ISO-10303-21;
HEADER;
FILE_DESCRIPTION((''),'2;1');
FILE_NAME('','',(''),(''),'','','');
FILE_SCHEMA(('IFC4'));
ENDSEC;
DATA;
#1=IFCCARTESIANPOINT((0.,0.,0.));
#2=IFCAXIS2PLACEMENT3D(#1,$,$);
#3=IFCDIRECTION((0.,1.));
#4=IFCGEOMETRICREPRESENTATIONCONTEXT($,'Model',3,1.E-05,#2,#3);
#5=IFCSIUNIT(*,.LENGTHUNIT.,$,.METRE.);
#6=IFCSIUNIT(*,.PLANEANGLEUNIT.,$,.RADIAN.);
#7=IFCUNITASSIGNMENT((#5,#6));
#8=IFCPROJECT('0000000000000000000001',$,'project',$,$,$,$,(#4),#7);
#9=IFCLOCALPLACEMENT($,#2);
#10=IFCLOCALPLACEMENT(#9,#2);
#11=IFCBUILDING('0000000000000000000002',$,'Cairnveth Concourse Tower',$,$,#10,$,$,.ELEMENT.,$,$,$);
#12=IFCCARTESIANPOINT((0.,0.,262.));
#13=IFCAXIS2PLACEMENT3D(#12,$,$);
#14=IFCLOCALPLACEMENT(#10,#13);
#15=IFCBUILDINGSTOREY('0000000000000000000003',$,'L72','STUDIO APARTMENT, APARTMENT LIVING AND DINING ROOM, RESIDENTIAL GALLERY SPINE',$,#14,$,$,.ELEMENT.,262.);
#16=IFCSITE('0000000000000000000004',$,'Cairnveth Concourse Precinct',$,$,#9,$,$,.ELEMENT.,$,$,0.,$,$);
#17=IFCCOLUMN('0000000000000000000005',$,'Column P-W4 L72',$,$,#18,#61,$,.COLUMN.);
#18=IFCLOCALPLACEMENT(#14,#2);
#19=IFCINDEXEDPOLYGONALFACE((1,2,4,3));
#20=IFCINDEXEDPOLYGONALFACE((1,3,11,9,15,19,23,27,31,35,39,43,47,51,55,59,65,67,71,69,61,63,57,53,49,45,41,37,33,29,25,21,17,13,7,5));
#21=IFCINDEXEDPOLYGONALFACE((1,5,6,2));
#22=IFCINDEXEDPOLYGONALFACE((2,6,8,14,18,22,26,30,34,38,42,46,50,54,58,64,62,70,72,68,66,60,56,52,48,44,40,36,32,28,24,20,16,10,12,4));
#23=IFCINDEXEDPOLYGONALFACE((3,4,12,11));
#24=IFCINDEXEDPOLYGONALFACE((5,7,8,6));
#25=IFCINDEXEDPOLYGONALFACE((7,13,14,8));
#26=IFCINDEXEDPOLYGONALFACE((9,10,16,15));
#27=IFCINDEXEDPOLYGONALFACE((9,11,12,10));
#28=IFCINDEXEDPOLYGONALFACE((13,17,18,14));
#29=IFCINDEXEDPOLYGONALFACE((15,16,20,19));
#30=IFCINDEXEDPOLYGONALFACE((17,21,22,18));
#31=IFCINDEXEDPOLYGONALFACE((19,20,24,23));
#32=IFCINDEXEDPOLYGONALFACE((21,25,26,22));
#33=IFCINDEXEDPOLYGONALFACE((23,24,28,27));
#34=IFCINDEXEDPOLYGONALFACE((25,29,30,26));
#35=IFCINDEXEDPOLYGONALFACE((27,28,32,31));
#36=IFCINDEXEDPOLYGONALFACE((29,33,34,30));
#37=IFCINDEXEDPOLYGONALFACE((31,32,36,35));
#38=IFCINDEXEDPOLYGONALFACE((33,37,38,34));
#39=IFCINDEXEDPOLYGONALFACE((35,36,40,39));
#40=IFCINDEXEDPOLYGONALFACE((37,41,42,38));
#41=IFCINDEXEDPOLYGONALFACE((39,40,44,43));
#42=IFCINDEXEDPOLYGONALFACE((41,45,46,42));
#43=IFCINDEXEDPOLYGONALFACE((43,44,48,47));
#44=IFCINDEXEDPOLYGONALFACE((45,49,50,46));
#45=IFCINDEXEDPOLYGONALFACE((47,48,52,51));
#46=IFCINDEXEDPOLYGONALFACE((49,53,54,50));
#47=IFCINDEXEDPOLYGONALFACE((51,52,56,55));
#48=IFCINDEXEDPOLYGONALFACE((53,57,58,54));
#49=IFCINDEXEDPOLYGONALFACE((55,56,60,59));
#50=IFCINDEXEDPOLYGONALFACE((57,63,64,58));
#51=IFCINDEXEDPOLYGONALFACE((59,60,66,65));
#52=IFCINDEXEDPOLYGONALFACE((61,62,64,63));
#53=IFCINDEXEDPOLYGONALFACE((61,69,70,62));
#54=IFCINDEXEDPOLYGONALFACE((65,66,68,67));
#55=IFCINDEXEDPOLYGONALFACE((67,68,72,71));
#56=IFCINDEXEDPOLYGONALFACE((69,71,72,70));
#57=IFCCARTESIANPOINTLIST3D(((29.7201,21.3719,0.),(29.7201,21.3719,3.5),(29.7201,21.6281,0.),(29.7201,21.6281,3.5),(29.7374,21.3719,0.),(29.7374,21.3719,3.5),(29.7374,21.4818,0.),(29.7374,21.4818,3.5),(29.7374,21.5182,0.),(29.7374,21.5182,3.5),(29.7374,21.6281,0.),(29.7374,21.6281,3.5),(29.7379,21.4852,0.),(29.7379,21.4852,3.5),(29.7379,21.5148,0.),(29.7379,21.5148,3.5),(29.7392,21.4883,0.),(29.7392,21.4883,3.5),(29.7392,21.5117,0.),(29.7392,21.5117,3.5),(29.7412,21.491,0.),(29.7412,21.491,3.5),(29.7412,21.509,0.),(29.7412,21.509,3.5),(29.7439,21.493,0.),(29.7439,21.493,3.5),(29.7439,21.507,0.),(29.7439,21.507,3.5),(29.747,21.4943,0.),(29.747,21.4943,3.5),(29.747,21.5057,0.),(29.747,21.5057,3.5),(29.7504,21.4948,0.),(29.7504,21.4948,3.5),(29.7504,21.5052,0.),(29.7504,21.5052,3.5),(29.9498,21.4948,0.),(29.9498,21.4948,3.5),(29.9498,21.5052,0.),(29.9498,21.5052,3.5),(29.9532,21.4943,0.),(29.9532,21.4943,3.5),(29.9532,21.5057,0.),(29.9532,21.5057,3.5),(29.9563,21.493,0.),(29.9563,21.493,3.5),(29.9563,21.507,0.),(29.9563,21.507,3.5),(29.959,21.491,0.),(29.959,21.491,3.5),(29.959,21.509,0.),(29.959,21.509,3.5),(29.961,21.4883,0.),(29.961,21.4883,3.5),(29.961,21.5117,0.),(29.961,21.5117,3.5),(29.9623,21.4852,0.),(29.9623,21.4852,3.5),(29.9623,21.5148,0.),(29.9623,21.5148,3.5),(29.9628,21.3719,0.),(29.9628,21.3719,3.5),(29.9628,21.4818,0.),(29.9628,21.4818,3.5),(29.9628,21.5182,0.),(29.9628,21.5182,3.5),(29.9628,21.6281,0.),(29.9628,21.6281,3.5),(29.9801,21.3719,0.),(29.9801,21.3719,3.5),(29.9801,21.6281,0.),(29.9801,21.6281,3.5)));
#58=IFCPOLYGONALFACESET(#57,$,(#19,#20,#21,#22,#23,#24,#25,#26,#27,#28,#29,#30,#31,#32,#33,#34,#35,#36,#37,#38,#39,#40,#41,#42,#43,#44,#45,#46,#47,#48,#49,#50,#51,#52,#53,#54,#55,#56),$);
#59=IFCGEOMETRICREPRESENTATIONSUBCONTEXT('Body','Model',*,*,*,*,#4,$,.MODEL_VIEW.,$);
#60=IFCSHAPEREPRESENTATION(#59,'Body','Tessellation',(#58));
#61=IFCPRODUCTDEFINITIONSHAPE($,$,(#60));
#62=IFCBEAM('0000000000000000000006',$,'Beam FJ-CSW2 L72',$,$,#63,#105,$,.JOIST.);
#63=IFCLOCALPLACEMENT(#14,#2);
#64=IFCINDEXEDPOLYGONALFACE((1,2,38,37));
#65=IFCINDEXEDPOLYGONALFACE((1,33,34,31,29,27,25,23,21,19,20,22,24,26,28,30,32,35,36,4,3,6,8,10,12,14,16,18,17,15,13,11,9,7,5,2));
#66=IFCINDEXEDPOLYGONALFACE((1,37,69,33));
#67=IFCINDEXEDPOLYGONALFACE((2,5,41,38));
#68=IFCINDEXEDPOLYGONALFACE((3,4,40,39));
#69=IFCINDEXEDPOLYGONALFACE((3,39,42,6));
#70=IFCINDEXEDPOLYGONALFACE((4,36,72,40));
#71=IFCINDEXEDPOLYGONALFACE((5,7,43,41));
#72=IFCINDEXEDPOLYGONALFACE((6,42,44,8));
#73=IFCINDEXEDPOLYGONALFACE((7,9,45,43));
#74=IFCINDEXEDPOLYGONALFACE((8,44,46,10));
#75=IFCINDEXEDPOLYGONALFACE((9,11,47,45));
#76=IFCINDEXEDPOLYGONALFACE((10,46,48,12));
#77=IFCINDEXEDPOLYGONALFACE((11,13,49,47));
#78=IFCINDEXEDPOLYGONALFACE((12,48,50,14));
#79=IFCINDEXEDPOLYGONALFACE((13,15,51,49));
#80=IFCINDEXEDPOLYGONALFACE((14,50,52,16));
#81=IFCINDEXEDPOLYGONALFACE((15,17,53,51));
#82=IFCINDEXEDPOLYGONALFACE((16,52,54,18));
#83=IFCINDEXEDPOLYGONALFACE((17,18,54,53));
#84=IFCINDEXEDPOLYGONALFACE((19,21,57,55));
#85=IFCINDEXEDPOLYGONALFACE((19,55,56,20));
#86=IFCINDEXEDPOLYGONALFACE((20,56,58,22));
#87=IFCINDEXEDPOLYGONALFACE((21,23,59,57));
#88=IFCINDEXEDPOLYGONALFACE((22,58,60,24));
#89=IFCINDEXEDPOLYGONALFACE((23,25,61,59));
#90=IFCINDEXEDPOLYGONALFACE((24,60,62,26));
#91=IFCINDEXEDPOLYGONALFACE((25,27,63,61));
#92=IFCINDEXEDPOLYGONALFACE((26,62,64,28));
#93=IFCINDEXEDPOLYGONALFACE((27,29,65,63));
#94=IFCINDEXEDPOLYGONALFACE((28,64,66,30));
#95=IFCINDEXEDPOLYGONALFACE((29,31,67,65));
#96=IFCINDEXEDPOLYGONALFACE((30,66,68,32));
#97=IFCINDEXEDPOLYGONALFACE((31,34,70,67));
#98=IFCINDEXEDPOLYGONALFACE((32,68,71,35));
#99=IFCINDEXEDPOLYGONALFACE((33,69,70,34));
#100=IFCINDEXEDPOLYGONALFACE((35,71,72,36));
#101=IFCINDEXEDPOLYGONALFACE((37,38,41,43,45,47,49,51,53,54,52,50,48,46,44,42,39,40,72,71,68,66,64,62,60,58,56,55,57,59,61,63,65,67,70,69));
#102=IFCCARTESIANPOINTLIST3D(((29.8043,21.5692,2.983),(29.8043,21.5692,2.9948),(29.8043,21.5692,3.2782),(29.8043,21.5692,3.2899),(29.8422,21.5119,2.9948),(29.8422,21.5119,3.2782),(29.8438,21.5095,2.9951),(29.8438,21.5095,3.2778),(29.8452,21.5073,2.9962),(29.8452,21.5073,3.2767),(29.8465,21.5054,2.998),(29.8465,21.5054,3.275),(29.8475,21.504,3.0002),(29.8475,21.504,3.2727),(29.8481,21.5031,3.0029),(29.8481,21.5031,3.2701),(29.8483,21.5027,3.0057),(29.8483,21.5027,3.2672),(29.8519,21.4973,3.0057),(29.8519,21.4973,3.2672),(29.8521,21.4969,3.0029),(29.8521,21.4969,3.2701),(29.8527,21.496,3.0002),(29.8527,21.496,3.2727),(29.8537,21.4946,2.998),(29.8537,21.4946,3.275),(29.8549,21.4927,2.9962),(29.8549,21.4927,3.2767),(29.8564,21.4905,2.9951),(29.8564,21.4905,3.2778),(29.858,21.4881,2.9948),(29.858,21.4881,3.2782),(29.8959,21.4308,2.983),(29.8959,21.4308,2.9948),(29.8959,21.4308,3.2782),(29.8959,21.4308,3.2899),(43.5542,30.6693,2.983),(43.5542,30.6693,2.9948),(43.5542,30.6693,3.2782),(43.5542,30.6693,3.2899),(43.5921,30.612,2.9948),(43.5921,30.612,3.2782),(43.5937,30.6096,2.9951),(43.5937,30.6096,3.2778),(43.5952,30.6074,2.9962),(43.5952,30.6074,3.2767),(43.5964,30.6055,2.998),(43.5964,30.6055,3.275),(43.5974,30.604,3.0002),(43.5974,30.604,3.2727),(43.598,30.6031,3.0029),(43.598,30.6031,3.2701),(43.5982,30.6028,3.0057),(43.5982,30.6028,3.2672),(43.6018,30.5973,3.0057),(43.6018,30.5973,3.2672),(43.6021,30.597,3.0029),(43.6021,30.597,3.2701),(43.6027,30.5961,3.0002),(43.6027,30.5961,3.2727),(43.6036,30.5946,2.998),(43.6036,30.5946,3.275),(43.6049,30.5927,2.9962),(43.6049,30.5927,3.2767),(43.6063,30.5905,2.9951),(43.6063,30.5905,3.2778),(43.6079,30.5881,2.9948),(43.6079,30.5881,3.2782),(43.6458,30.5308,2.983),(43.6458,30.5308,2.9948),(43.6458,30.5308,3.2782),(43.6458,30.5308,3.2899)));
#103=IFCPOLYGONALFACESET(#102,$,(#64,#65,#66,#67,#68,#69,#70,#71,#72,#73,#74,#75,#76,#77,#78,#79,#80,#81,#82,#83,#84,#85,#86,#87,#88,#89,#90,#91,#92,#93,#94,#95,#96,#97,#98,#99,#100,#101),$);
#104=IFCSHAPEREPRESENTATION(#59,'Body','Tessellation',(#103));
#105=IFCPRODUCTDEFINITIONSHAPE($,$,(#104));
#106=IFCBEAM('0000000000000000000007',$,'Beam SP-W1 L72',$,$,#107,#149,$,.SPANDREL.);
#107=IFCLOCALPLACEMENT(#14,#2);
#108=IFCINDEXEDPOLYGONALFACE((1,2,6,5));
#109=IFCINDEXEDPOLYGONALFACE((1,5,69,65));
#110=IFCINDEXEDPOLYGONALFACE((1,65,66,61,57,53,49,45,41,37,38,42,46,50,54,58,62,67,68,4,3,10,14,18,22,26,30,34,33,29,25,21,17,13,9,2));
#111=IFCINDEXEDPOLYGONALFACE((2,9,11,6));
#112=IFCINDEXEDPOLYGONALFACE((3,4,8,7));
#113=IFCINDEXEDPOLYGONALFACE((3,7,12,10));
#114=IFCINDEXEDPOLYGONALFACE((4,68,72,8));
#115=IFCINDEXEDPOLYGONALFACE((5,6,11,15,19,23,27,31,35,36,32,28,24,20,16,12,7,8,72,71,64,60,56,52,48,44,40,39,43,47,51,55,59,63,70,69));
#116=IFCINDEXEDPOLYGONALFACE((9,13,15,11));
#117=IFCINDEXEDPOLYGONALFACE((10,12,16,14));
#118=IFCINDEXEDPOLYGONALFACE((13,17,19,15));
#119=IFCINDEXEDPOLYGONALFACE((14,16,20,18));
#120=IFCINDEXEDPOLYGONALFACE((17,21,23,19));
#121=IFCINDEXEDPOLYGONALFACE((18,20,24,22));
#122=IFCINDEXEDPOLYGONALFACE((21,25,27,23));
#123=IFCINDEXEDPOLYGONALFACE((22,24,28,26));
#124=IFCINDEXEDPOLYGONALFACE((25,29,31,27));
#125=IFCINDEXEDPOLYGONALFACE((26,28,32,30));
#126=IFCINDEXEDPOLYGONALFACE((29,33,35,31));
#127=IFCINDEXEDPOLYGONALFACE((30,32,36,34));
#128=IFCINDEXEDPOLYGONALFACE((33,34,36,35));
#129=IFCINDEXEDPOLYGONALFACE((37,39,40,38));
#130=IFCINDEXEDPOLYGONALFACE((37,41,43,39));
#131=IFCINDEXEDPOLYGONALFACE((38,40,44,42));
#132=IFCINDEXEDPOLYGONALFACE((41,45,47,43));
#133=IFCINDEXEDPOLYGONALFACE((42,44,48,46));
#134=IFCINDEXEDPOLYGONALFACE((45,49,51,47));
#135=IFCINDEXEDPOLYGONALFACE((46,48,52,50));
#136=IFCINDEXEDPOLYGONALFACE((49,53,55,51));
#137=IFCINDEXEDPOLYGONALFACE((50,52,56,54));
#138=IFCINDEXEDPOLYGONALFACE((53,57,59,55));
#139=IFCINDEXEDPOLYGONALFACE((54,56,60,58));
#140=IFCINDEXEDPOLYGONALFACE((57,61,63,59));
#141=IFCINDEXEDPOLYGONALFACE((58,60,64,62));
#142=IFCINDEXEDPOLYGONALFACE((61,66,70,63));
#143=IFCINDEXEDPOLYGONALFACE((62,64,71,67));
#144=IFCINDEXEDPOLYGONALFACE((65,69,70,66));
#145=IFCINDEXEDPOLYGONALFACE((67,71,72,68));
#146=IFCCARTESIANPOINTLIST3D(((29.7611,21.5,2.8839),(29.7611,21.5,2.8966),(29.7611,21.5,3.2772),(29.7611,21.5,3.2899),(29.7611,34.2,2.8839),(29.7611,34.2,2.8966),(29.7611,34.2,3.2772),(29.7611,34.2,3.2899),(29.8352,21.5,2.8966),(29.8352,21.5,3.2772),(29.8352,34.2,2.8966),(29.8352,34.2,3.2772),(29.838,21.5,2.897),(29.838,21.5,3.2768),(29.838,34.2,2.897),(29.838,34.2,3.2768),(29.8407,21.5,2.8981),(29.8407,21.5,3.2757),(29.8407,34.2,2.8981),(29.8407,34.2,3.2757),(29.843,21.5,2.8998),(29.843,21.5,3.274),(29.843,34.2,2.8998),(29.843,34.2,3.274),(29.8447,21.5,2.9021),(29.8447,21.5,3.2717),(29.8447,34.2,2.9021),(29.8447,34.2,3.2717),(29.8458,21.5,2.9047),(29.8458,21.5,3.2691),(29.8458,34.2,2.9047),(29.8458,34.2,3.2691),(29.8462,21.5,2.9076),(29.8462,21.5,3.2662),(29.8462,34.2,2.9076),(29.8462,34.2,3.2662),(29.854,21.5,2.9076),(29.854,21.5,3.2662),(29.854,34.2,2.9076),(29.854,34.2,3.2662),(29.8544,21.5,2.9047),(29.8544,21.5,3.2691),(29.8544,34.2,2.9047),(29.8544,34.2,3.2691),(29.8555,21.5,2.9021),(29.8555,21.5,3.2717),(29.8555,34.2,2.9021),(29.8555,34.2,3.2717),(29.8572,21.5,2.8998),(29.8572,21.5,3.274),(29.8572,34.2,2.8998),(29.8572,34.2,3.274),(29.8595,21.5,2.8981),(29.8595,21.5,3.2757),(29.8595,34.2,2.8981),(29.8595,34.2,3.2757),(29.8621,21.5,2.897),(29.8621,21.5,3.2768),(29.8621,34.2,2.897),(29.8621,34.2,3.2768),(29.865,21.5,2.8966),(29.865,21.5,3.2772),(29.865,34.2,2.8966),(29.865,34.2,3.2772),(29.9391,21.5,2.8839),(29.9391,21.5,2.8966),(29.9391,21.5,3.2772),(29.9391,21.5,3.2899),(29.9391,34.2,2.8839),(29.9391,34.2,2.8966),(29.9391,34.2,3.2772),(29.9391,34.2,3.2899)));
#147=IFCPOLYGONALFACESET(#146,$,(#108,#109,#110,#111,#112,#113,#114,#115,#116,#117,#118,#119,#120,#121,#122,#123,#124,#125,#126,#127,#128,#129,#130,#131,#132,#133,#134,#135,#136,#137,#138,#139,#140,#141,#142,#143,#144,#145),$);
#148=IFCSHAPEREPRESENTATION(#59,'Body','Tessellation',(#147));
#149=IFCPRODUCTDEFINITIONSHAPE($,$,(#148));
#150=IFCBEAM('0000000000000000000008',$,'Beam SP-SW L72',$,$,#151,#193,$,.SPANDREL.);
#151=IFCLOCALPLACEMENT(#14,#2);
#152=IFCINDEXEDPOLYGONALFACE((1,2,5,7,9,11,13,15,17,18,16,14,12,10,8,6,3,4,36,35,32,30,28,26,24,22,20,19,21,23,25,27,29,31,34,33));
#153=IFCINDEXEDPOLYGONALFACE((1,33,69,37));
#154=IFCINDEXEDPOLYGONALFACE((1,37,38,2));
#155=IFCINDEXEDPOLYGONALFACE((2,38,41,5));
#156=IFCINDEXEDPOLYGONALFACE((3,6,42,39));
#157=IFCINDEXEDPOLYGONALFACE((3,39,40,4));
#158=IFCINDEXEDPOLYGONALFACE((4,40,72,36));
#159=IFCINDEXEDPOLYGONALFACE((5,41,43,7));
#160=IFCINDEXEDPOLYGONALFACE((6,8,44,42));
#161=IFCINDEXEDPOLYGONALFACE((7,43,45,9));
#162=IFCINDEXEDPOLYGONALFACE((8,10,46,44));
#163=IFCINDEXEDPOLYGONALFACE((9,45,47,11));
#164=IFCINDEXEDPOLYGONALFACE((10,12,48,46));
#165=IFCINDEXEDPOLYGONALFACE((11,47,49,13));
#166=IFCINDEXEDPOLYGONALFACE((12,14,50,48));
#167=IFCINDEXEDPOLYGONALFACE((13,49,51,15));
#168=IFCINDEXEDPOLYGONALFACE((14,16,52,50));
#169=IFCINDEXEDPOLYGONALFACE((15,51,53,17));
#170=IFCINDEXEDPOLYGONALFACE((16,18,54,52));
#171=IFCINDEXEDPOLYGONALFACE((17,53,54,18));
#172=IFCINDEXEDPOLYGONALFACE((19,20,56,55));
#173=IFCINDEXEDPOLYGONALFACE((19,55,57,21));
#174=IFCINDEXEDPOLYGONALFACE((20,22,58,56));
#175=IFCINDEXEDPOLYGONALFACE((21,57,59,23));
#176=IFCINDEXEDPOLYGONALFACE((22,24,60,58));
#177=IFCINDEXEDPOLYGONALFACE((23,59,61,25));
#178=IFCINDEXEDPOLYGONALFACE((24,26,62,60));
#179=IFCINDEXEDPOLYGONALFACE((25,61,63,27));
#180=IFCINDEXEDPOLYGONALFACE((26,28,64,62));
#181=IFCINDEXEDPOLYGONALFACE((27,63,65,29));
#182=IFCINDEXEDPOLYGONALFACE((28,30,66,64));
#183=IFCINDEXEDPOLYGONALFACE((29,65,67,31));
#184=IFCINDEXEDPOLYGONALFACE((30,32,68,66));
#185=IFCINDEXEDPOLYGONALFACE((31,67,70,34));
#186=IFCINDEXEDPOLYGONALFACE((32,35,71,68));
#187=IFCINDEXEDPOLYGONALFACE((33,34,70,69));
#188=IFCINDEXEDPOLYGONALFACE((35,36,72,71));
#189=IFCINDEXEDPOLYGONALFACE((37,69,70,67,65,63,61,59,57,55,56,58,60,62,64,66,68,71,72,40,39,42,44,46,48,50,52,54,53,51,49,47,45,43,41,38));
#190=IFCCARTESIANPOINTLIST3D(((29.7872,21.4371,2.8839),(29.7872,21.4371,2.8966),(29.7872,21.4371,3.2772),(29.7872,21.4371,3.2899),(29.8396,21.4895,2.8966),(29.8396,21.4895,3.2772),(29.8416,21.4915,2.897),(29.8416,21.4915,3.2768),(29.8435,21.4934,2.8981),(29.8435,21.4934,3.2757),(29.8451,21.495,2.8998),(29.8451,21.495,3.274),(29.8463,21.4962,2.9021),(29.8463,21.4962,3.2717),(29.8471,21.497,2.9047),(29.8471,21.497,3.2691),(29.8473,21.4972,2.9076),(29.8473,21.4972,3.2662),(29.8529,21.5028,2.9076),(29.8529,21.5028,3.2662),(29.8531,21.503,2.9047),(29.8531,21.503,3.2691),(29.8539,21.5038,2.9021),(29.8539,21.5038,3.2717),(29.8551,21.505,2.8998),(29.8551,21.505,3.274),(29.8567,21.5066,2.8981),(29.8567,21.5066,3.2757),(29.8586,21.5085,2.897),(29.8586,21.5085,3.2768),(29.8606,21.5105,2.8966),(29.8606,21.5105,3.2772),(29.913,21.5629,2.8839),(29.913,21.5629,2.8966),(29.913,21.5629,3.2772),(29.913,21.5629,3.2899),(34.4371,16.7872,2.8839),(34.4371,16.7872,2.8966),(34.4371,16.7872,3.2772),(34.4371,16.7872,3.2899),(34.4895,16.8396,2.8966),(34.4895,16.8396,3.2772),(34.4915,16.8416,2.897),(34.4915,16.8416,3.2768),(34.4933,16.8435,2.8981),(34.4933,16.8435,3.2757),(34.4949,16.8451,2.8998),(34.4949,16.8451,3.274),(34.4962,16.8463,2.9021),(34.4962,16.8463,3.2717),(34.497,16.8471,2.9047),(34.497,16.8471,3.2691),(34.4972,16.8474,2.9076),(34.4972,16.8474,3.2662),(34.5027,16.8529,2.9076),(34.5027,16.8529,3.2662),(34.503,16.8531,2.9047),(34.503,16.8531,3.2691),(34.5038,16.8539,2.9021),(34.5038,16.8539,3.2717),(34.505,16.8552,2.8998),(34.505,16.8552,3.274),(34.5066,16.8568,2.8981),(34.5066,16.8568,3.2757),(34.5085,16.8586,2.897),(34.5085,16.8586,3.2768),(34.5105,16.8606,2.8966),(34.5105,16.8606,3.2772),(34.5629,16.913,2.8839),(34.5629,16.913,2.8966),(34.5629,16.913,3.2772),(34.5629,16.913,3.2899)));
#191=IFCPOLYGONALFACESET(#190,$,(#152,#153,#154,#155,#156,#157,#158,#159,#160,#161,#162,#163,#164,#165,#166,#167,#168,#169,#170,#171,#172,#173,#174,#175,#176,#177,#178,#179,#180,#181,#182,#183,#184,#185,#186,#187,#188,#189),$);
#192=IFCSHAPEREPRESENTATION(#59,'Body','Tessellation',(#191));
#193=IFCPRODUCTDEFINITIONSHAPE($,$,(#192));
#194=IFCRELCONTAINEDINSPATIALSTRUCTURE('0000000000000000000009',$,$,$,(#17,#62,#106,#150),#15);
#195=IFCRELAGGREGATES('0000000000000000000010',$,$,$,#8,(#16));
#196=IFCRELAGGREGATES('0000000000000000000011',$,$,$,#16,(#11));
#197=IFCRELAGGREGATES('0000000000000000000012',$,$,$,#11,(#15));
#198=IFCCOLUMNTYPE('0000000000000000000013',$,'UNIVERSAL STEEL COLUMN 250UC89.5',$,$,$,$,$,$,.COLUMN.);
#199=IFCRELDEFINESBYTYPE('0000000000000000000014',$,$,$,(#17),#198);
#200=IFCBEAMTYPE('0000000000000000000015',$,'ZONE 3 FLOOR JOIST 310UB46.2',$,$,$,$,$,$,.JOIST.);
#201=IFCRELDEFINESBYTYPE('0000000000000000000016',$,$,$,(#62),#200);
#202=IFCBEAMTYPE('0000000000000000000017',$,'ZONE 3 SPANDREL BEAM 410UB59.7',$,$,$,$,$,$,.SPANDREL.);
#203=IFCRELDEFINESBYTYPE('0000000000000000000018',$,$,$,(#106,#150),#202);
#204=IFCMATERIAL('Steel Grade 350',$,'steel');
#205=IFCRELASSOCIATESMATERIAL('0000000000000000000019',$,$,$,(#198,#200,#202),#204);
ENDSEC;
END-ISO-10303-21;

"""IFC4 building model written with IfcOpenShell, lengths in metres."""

from ifc_helpers import new_model, si_unit, direction, frame, origin, origin_2d, place, context, subcontext, project, spatial, i_section, extrude, material, material_profile, profile_set, type_object, element, save


model = new_model("IFC4")

# Units and contexts
model_context = context("Model", 3, precision=1e-05, world=origin(), true_north=direction((0.0, 1.0)))
body_context = subcontext(model_context, "Body", "Model", "MODEL_VIEW")
ifc_project = project(units=[si_unit("LENGTHUNIT", "METRE"), si_unit("PLANEANGLEUNIT", "RADIAN")], contexts=[model_context])

# Site, building, storey
site_placement = place(None, origin())
site = spatial("IfcSite", under=ifc_project, at=site_placement, Name="Cairnveth Concourse Precinct", CompositionType="ELEMENT", RefElevation=0.0)
building_placement = place(site_placement, origin())
building = spatial("IfcBuilding", under=site, at=building_placement, Name="Cairnveth Concourse Tower", CompositionType="ELEMENT")
storey_placement = place(building_placement, frame((0.0, 0.0, 262.0)))
storey = spatial("IfcBuildingStorey", under=building, at=storey_placement, Name="L72", Description="STUDIO APARTMENT, APARTMENT LIVING AND DINING ROOM, RESIDENTIAL GALLERY SPINE", CompositionType="ELEMENT", Elevation=262.0)

# Column
ifc_material_1 = material(Name="Steel Grade 350", Category="steel")
ifc_material_profile_1 = material_profile(ifc_material_1, i_section(OverallWidth=0.2561, OverallDepth=0.26, WebThickness=0.0105, FlangeThickness=0.0173, FilletRadius=0.0129, at=origin_2d()), Name="250UC89.5")
ifc_profile_set_1 = profile_set([ifc_material_profile_1], Name="Steel Grade 350")
column_type = type_object("IfcColumnType", Name="UNIVERSAL STEEL COLUMN 250UC89.5", PredefinedType="COLUMN", material=ifc_profile_set_1)
column_placement = place(storey_placement, frame((29.8501, 21.5, 0.0), z_axis=(0.0, 0.0, 1.0), x_axis=(0.0, 1.0, 0.0)))
element("IfcColumn", 1, at=column_placement, inside=storey, type_object=column_type, Name="Column P-W4 L72", PredefinedType="COLUMN", context=body_context, shape_type="SweptSolid", body=[
    extrude(i_section(OverallWidth=0.2561, OverallDepth=0.26, WebThickness=0.0105, FlangeThickness=0.0173, FilletRadius=0.0129, at=origin_2d()), origin(), (0.0, 0.0, 1.0), 3.5),
])

# Beams
ifc_material_profile_2 = material_profile(ifc_material_1, i_section(OverallWidth=0.166, OverallDepth=0.3069, WebThickness=0.0066, FlangeThickness=0.0117, FilletRadius=0.011, at=origin_2d()), Name="310UB46.2")
ifc_profile_set_2 = profile_set([ifc_material_profile_2], Name="Steel Grade 350")
beam_type_1 = type_object("IfcBeamType", Name="ZONE 3 FLOOR JOIST 310UB46.2", PredefinedType="JOIST", material=ifc_profile_set_2)
beam_1_placement = place(storey_placement, frame((29.8501, 21.5, 3.1365), z_axis=(0.833909, 0.551902, 0.0), x_axis=(-0.551902, 0.833909, 0.0)))
element("IfcBeam", 2, at=beam_1_placement, inside=storey, type_object=beam_type_1, Name="Beam FJ-CSW2 L72", PredefinedType="JOIST", context=body_context, shape_type="SweptSolid", body=[
    extrude(i_section(OverallWidth=0.166, OverallDepth=0.3069, WebThickness=0.0066, FlangeThickness=0.0117, FilletRadius=0.011, at=origin_2d()), origin(), (0.0, 0.0, 1.0), 16.4885),
])
ifc_material_profile_3 = material_profile(ifc_material_1, i_section(OverallWidth=0.178, OverallDepth=0.406, WebThickness=0.0078, FlangeThickness=0.0127, FilletRadius=0.011, at=origin_2d()), Name="410UB59.7")
ifc_profile_set_3 = profile_set([ifc_material_profile_3], Name="Steel Grade 350")
beam_type_2 = type_object("IfcBeamType", Name="ZONE 3 SPANDREL BEAM 410UB59.7", PredefinedType="SPANDREL", material=ifc_profile_set_3)
beam_2_placement = place(storey_placement, frame((29.8501, 21.5, 3.0869), z_axis=(0.0, 1.0, 0.0), x_axis=(-1.0, 0.0, 0.0)))
element("IfcBeam", 3, at=beam_2_placement, inside=storey, type_object=beam_type_2, Name="Beam SP-W1 L72", PredefinedType="SPANDREL", context=body_context, shape_type="SweptSolid", body=[
    extrude(i_section(OverallWidth=0.178, OverallDepth=0.406, WebThickness=0.0078, FlangeThickness=0.0127, FilletRadius=0.011, at=origin_2d()), origin(), (0.0, 0.0, 1.0), 12.7),
])
beam_3_placement = place(storey_placement, frame((29.8501, 21.5, 3.0869), z_axis=(0.707107, -0.707107, 0.0), x_axis=(0.707107, 0.707107, 0.0)))
element("IfcBeam", 4, at=beam_3_placement, inside=storey, type_object=beam_type_2, Name="Beam SP-SW L72", PredefinedType="SPANDREL", context=body_context, shape_type="SweptSolid", body=[
    extrude(i_section(OverallWidth=0.178, OverallDepth=0.406, WebThickness=0.0078, FlangeThickness=0.0127, FilletRadius=0.011, at=origin_2d()), origin(), (0.0, 0.0, 1.0), 6.5759),
])

save(model, "model.ifc")
